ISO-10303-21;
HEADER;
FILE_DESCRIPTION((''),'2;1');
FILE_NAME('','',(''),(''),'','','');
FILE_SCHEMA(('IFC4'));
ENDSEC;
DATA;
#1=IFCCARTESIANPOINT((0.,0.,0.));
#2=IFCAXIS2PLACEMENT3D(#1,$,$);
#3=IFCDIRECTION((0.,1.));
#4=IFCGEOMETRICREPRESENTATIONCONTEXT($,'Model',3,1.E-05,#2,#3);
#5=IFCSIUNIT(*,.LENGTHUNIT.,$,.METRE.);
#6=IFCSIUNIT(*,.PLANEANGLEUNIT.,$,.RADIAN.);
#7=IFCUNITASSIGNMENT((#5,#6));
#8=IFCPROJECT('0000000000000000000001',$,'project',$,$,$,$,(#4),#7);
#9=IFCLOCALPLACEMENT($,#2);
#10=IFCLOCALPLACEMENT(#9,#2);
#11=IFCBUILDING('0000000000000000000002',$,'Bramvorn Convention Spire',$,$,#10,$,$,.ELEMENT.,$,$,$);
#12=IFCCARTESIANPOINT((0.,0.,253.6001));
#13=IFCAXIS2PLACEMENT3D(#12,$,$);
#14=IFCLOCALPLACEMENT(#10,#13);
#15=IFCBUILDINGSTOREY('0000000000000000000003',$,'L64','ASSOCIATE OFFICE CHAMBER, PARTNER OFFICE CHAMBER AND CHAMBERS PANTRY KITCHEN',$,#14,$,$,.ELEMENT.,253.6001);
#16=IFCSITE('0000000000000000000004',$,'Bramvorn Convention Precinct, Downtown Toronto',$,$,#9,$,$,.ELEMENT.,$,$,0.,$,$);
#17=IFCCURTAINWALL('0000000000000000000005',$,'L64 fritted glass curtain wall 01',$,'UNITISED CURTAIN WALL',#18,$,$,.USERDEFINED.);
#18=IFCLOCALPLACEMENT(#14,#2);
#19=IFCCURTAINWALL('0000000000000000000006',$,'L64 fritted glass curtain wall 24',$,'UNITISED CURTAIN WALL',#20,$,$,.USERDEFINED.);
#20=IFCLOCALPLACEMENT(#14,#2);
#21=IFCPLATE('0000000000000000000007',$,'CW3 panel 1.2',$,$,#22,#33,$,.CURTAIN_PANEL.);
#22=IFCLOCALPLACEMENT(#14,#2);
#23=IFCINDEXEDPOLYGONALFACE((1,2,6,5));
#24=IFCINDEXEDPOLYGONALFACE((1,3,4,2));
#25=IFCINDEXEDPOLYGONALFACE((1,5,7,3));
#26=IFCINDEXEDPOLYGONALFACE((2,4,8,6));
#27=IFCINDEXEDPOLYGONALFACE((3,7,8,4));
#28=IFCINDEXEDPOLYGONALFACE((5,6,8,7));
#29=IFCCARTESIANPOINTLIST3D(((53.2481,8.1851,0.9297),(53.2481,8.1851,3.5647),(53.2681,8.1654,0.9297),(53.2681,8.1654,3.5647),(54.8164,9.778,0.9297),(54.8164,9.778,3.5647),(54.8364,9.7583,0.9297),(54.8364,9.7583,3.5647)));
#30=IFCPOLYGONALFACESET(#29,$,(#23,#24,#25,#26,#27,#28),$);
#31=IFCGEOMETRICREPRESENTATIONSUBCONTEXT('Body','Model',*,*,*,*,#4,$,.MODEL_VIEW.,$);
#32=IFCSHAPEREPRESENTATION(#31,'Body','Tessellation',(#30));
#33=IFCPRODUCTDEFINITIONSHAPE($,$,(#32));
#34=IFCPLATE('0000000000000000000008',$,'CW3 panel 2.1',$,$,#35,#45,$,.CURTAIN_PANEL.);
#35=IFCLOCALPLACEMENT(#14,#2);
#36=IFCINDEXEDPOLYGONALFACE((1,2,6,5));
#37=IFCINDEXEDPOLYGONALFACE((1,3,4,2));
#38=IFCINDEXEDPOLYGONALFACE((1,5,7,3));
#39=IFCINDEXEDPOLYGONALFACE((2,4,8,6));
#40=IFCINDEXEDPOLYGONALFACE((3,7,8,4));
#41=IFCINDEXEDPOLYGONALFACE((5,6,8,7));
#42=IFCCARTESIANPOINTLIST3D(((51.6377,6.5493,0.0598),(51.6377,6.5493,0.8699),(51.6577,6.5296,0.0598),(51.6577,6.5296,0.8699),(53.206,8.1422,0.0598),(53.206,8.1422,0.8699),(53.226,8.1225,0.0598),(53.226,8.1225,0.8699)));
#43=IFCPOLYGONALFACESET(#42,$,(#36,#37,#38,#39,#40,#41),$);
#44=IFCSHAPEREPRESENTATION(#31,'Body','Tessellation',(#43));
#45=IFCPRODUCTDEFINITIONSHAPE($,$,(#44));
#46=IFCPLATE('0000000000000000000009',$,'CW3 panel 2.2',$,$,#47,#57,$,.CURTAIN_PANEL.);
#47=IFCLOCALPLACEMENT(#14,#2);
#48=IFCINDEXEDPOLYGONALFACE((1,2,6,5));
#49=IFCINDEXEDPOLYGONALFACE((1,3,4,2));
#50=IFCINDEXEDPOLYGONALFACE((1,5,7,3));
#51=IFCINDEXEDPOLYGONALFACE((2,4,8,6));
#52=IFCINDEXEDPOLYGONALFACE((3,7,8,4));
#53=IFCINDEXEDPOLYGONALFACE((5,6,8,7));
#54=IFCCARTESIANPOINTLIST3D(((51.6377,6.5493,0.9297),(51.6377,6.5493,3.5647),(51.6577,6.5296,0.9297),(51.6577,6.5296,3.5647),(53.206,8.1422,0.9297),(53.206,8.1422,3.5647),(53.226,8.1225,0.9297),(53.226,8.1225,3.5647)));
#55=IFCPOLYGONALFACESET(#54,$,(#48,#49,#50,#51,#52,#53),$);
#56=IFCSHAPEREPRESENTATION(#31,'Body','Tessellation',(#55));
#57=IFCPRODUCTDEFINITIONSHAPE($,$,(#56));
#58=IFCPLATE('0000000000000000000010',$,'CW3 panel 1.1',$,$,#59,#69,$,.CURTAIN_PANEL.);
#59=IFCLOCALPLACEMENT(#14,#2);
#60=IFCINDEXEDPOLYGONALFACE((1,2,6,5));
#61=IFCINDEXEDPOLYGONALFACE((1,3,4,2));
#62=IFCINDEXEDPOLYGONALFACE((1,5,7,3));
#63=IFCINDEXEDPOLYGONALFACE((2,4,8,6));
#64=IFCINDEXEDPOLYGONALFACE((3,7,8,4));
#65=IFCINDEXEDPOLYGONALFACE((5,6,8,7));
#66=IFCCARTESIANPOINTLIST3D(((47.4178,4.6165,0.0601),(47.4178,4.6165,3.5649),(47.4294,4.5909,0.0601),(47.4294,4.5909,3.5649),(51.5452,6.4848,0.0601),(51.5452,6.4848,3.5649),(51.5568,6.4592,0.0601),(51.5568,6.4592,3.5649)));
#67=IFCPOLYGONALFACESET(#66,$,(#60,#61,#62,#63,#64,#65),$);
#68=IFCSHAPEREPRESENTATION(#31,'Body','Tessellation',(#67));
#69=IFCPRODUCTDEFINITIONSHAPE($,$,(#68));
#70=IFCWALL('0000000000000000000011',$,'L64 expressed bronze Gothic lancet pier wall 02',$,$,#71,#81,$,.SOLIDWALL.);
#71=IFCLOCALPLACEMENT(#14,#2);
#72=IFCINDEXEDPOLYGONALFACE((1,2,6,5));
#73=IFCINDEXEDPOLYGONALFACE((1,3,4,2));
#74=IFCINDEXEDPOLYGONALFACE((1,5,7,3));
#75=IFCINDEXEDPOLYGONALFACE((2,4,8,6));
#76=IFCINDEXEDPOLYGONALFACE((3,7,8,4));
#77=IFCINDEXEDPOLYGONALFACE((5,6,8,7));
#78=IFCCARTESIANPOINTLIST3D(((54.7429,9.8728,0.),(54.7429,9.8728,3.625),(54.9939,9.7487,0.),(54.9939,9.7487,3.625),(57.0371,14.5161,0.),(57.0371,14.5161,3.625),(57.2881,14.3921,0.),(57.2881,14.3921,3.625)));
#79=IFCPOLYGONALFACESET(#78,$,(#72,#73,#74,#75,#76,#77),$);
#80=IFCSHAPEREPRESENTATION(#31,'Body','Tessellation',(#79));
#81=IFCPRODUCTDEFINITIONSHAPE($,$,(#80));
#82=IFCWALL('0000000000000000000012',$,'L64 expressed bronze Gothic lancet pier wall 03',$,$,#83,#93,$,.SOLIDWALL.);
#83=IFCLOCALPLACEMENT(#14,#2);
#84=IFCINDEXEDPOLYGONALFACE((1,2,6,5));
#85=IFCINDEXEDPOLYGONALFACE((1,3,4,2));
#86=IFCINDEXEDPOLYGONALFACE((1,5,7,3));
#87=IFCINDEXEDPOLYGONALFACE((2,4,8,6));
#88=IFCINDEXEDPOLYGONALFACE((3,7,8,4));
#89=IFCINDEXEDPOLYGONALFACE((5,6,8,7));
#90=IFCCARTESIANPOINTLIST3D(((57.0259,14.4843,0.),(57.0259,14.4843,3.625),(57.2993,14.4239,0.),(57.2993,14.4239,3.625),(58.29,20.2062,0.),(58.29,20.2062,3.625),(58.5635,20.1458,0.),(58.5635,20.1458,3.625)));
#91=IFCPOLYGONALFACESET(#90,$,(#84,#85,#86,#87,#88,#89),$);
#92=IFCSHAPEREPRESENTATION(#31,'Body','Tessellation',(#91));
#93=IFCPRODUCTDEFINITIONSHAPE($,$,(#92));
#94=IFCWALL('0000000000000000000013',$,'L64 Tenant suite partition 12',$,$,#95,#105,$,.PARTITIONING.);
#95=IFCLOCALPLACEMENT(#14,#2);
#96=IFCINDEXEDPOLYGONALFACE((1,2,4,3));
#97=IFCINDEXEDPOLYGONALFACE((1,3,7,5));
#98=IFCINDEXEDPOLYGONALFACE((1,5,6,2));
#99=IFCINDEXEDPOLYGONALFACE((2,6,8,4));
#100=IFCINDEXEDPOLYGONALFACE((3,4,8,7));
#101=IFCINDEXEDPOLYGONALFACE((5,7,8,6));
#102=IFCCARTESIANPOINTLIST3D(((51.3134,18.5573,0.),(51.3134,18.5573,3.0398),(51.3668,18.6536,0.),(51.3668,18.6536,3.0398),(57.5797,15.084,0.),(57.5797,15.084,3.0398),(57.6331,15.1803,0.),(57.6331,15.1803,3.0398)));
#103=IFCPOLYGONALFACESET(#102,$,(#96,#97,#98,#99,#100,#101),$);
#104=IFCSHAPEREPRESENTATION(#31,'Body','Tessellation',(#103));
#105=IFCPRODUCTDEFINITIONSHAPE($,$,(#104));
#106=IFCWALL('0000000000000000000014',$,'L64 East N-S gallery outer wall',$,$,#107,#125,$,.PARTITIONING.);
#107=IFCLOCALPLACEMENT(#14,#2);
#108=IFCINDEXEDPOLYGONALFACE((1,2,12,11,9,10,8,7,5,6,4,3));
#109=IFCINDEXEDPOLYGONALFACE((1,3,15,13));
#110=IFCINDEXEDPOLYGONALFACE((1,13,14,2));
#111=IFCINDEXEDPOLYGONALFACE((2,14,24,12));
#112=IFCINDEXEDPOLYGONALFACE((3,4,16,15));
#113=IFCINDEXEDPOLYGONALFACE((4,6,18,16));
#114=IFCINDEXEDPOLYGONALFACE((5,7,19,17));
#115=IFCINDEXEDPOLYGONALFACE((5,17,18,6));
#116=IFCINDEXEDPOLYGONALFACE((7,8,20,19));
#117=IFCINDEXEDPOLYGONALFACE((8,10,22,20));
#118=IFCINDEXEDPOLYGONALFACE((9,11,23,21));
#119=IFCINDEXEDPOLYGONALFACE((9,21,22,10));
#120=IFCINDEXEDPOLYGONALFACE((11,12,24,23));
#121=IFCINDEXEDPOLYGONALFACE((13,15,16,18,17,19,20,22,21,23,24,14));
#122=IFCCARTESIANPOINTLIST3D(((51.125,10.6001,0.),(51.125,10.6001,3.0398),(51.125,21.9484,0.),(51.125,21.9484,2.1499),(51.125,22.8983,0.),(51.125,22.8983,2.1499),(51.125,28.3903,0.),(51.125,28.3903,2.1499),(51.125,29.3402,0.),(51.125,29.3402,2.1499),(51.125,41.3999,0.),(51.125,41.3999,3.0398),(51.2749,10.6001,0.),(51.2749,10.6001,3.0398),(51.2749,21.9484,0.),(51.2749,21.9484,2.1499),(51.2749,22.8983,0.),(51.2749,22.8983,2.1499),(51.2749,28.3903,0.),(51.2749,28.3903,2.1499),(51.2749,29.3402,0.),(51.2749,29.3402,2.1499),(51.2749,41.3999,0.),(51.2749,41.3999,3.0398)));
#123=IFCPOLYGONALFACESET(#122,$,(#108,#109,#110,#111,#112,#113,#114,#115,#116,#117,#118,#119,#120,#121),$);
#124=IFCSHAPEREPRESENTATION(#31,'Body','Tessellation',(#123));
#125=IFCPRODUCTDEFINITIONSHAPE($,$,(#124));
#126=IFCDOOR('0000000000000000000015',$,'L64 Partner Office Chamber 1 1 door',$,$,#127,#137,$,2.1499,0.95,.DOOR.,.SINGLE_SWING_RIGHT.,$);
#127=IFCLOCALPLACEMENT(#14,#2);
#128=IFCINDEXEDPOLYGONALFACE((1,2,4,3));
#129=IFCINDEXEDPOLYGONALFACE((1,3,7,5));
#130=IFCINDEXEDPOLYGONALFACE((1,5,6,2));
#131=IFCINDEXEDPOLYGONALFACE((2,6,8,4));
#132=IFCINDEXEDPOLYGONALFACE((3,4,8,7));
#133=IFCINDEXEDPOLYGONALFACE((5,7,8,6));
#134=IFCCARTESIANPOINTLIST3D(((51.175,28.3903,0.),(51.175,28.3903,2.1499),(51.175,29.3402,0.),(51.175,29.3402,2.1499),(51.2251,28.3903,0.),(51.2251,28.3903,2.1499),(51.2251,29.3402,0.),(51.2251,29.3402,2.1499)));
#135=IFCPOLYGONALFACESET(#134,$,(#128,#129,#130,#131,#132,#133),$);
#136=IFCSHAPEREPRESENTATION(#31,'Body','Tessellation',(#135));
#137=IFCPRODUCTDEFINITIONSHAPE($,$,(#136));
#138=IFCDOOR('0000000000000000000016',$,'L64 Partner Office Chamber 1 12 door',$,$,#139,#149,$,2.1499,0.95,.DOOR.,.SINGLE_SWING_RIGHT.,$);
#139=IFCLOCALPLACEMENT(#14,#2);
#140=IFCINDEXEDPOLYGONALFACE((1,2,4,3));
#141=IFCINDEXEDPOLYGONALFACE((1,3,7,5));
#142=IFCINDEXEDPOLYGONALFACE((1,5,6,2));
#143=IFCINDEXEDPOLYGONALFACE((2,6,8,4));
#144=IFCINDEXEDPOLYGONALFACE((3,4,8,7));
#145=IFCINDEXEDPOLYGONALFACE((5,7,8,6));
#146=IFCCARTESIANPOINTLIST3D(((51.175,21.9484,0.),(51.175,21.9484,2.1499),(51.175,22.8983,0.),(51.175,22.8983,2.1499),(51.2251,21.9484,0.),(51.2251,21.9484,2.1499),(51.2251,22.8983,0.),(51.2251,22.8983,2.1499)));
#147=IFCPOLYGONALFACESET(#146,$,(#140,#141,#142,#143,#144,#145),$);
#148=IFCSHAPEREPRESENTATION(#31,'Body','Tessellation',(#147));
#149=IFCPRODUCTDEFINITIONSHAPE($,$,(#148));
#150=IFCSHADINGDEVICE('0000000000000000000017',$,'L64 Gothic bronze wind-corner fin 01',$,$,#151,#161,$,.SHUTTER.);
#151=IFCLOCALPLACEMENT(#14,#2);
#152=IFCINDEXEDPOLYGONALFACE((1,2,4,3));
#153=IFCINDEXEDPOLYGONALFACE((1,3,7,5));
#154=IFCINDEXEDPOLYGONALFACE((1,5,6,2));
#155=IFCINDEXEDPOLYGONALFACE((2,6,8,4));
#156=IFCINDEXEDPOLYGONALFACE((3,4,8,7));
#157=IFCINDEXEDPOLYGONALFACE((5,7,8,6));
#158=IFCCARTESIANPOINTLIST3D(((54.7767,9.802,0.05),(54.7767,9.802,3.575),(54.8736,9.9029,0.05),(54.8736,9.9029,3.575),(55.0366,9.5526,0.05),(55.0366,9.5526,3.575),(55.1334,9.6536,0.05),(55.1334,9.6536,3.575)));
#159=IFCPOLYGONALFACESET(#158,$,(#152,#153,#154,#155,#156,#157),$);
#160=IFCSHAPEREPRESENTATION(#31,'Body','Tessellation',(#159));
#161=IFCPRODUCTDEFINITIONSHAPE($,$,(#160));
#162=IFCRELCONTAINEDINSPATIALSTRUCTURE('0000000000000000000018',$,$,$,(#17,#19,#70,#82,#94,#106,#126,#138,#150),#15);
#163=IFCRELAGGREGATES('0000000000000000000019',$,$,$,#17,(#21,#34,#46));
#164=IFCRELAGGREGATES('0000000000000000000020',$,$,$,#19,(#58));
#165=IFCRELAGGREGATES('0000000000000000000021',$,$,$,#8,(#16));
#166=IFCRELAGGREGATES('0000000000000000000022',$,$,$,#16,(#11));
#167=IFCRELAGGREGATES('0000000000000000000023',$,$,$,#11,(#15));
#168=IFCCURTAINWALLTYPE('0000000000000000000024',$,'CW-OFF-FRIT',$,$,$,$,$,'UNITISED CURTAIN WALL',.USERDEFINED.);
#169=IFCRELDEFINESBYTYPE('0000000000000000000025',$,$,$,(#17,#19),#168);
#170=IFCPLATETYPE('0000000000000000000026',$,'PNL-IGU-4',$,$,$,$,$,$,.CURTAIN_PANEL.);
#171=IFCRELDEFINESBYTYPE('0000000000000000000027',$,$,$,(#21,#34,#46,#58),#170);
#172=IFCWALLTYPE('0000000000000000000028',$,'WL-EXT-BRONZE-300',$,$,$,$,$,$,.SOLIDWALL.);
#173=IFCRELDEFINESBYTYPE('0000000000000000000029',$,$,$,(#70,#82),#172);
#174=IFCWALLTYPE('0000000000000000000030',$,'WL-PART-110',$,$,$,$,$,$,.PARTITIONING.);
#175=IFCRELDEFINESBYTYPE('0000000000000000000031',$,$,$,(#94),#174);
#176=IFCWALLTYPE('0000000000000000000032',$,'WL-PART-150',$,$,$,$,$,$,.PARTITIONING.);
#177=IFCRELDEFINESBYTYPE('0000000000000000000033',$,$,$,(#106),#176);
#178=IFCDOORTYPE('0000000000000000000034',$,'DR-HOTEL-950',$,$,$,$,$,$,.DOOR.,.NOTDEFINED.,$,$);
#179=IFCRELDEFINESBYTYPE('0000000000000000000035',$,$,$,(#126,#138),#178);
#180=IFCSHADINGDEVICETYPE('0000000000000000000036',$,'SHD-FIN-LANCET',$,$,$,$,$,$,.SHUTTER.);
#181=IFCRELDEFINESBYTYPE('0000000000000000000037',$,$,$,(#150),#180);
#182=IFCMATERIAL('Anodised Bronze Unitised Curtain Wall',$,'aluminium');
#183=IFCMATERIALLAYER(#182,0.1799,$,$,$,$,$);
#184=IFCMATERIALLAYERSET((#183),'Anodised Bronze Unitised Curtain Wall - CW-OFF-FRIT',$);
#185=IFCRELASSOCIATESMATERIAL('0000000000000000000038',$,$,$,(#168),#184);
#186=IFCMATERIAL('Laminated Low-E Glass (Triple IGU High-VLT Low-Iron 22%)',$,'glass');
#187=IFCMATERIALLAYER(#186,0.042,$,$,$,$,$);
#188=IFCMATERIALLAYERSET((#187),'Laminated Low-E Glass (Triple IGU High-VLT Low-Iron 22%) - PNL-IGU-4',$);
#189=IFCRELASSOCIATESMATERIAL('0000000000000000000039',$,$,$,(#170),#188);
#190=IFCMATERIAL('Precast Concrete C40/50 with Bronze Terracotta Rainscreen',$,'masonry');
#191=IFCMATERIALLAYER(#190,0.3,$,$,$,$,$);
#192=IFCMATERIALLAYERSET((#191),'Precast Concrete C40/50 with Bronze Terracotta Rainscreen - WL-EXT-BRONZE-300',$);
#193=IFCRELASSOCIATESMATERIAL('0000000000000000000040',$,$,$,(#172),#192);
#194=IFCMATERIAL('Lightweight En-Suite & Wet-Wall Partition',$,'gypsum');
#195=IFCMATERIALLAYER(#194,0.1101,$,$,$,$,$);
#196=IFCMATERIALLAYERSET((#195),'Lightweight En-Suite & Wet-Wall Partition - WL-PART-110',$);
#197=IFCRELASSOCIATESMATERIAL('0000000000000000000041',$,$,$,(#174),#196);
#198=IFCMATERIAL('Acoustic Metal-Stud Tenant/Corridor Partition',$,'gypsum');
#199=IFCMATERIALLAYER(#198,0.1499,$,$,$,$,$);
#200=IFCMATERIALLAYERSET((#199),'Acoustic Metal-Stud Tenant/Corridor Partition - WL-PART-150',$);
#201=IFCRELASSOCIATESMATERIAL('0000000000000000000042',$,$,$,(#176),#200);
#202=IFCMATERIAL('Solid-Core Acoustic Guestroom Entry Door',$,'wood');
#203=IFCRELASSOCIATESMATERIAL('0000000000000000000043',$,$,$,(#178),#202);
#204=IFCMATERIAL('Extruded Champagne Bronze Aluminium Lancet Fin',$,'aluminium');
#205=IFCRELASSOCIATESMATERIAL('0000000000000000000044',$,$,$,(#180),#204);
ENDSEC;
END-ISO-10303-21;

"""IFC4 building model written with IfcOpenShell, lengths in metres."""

from ifc_helpers import new_model, si_unit, direction, frame, frame_2d, origin, origin_2d, place, context, subcontext, project, spatial, rectangle, extrude, material, layer, layer_set, type_object, element, fill, aggregate, save


model = new_model("IFC4")

# Units and contexts
model_context = context("Model", 3, precision=1e-05, world=origin(), true_north=direction((0.0, 1.0)))
body_context = subcontext(model_context, "Body", "Model", "MODEL_VIEW")
ifc_project = project(units=[si_unit("LENGTHUNIT", "METRE"), si_unit("PLANEANGLEUNIT", "RADIAN")], contexts=[model_context])

# Site, building, storey
site_placement = place(None, origin())
site = spatial("IfcSite", under=ifc_project, at=site_placement, Name="Bramvorn Convention Precinct, Downtown Toronto", CompositionType="ELEMENT", RefElevation=0.0)
building_placement = place(site_placement, origin())
building = spatial("IfcBuilding", under=site, at=building_placement, Name="Bramvorn Convention Spire", CompositionType="ELEMENT")
storey_placement = place(building_placement, frame((0.0, 0.0, 253.6001)))
storey = spatial("IfcBuildingStorey", under=building, at=storey_placement, Name="L64", Description="ASSOCIATE OFFICE CHAMBER, PARTNER OFFICE CHAMBER AND CHAMBERS PANTRY KITCHEN", CompositionType="ELEMENT", Elevation=253.6001)

# Curtain wall
ifc_material_1 = material(Name="Anodised Bronze Unitised Curtain Wall", Category="aluminium")
ifc_layer_1 = layer(ifc_material_1, 0.1799)
ifc_layer_set_1 = layer_set([ifc_layer_1], Name="Anodised Bronze Unitised Curtain Wall - CW-OFF-FRIT")
curtain_wall_type = type_object("IfcCurtainWallType", Name="CW-OFF-FRIT", ElementType="UNITISED CURTAIN WALL", PredefinedType="USERDEFINED", material=ifc_layer_set_1)
curtain_wall_1_placement = place(storey_placement, origin())
curtain_wall_1 = element("IfcCurtainWall", 1, at=curtain_wall_1_placement, inside=storey, type_object=curtain_wall_type, Name="L64 fritted glass curtain wall 01", ObjectType="UNITISED CURTAIN WALL", PredefinedType="USERDEFINED")

# Curtain wall
curtain_wall_2_placement = place(storey_placement, origin())
curtain_wall_2 = element("IfcCurtainWall", 2, at=curtain_wall_2_placement, inside=storey, type_object=curtain_wall_type, Name="L64 fritted glass curtain wall 24", ObjectType="UNITISED CURTAIN WALL", PredefinedType="USERDEFINED")

# Plates
ifc_material_2 = material(Name="Laminated Low-E Glass (Triple IGU High-VLT Low-Iron 22%)", Category="glass")
ifc_layer_2 = layer(ifc_material_2, 0.042)
ifc_layer_set_2 = layer_set([ifc_layer_2], Name="Laminated Low-E Glass (Triple IGU High-VLT Low-Iron 22%) - PNL-IGU-4")
plate_type = type_object("IfcPlateType", Name="PNL-IGU-4", PredefinedType="CURTAIN_PANEL", material=ifc_layer_set_2)
plate_1_placement = place(storey_placement, frame((54.0422, 8.9717, 0.9297), z_axis=(0.0, 0.0, 1.0), x_axis=(-0.701581, -0.71259, 0.0)))
plate_1 = element("IfcPlate", 3, at=plate_1_placement, type_object=plate_type, Name="CW3 panel 1.2", PredefinedType="CURTAIN_PANEL", context=body_context, shape_type="SweptSolid", body=[
    extrude(rectangle(XDim=2.2354, YDim=0.0281, at=origin_2d()), origin(), (0.0, 0.0, 1.0), 2.635),
])
plate_2_placement = place(storey_placement, frame((52.4319, 7.3359, 0.0598), z_axis=(0.0, 0.0, 1.0), x_axis=(-0.701581, -0.71259, 0.0)))
plate_2 = element("IfcPlate", 4, at=plate_2_placement, type_object=plate_type, Name="CW3 panel 2.1", PredefinedType="CURTAIN_PANEL", context=body_context, shape_type="SweptSolid", body=[
    extrude(rectangle(XDim=2.2354, YDim=0.0281, at=origin_2d()), origin(), (0.0, 0.0, 1.0), 0.8101),
])
plate_3_placement = place(storey_placement, frame((52.4319, 7.3359, 0.9297), z_axis=(0.0, 0.0, 1.0), x_axis=(-0.701581, -0.71259, 0.0)))
plate_3 = element("IfcPlate", 5, at=plate_3_placement, type_object=plate_type, Name="CW3 panel 2.2", PredefinedType="CURTAIN_PANEL", context=body_context, shape_type="SweptSolid", body=[
    extrude(rectangle(XDim=2.2354, YDim=0.0281, at=origin_2d()), origin(), (0.0, 0.0, 1.0), 2.635),
])
aggregate(curtain_wall_1, [plate_1, plate_2, plate_3])
plate_4_placement = place(storey_placement, frame((49.4873, 5.5378, 0.0601), z_axis=(0.0, 0.0, 1.0), x_axis=(-0.911011, -0.412382, 0.0)))
plate_4 = element("IfcPlate", 6, at=plate_4_placement, type_object=plate_type, Name="CW3 panel 1.1", PredefinedType="CURTAIN_PANEL", context=body_context, shape_type="SweptSolid", body=[
    extrude(rectangle(XDim=4.5305, YDim=0.0281, at=origin_2d()), origin(), (0.0, 0.0, 1.0), 3.5049),
])
aggregate(curtain_wall_2, [plate_4])

# Walls
ifc_material_3 = material(Name="Precast Concrete C40/50 with Bronze Terracotta Rainscreen", Category="masonry")
ifc_layer_3 = layer(ifc_material_3, 0.3)
ifc_layer_set_3 = layer_set([ifc_layer_3], Name="Precast Concrete C40/50 with Bronze Terracotta Rainscreen - WL-EXT-BRONZE-300")
wall_type_1 = type_object("IfcWallType", Name="WL-EXT-BRONZE-300", PredefinedType="SOLIDWALL", material=ifc_layer_set_3)
wall_1_placement = place(storey_placement, frame((57.1626, 14.4541, 0.0), z_axis=(0.0, 0.0, 1.0), x_axis=(-0.442966, -0.896538, 0.0)))
element("IfcWall", 7, at=wall_1_placement, inside=storey, type_object=wall_type_1, Name="L64 expressed bronze Gothic lancet pier wall 02", PredefinedType="SOLIDWALL", context=body_context, shape_type="SweptSolid", body=[
    extrude(rectangle(XDim=5.1792, YDim=0.28, at=frame_2d((2.5896, 0.0))), origin(), (0.0, 0.0, 1.0), 3.625),
])
wall_2_placement = place(storey_placement, frame((58.4268, 20.176, 0.0), z_axis=(0.0, 0.0, 1.0), x_axis=(-0.21573, -0.976453, 0.0)))
element("IfcWall", 8, at=wall_2_placement, inside=storey, type_object=wall_type_1, Name="L64 expressed bronze Gothic lancet pier wall 03", PredefinedType="SOLIDWALL", context=body_context, shape_type="SweptSolid", body=[
    extrude(rectangle(XDim=5.8599, YDim=0.28, at=frame_2d((2.9299, 0.0))), origin(), (0.0, 0.0, 1.0), 3.625),
])
ifc_material_4 = material(Name="Lightweight En-Suite & Wet-Wall Partition", Category="gypsum")
ifc_layer_4 = layer(ifc_material_4, 0.1101)
ifc_layer_set_4 = layer_set([ifc_layer_4], Name="Lightweight En-Suite & Wet-Wall Partition - WL-PART-110")
wall_type_2 = type_object("IfcWallType", Name="WL-PART-110", PredefinedType="PARTITIONING", material=ifc_layer_set_4)
wall_3_placement = place(storey_placement, frame((51.3401, 18.6055, 0.0), z_axis=(0.0, 0.0, 1.0), x_axis=(0.874626, -0.484798, 0.0)))
element("IfcWall", 9, at=wall_3_placement, inside=storey, type_object=wall_type_2, Name="L64 Tenant suite partition 12", PredefinedType="PARTITIONING", context=body_context, shape_type="SweptSolid", body=[
    extrude(rectangle(XDim=7.1646, YDim=0.1101, at=frame_2d((3.5823, 0.0))), origin(), (0.0, 0.0, 1.0), 3.0398),
])

# Wall, openings, doors
ifc_material_5 = material(Name="Acoustic Metal-Stud Tenant/Corridor Partition", Category="gypsum")
ifc_layer_5 = layer(ifc_material_5, 0.1499)
ifc_layer_set_5 = layer_set([ifc_layer_5], Name="Acoustic Metal-Stud Tenant/Corridor Partition - WL-PART-150")
wall_type_3 = type_object("IfcWallType", Name="WL-PART-150", PredefinedType="PARTITIONING", material=ifc_layer_set_5)
wall_4_placement = place(storey_placement, frame((51.2, 10.6001, 0.0), z_axis=(0.0, 0.0, 1.0), x_axis=(0.0, 1.0, 0.0)))
wall_4 = element("IfcWall", 10, at=wall_4_placement, inside=storey, type_object=wall_type_3, Name="L64 East N-S gallery outer wall", PredefinedType="PARTITIONING", context=body_context, shape_type="SweptSolid", body=[
    extrude(rectangle(XDim=30.7998, YDim=0.1499, at=frame_2d((15.3999, 0.0))), origin(), (0.0, 0.0, 1.0), 3.0398),
])
opening_1_placement = place(wall_4_placement, frame((17.79, 0.0, 0.0)))
opening_1 = element("IfcOpeningElement", 11, at=opening_1_placement, cuts=wall_4, PredefinedType="OPENING", context=body_context, shape_type="SweptSolid", body=[
    extrude(rectangle(XDim=0.95, YDim=2.1499, at=frame_2d((0.4751, 1.075))), frame((0.0, 0.085, 0.0), z_axis=(0.0, -1.0, 0.0), x_axis=(1.0, 0.0, 0.0)), (0.0, 0.0, 1.0), 0.1699),
])
opening_2_placement = place(wall_4_placement, frame((11.3481, 0.0, 0.0)))
opening_2 = element("IfcOpeningElement", 12, at=opening_2_placement, cuts=wall_4, PredefinedType="OPENING", context=body_context, shape_type="SweptSolid", body=[
    extrude(rectangle(XDim=0.95, YDim=2.1499, at=frame_2d((0.4751, 1.075))), frame((0.0, 0.085, 0.0), z_axis=(0.0, -1.0, 0.0), x_axis=(1.0, 0.0, 0.0)), (0.0, 0.0, 1.0), 0.1699),
])
ifc_material_6 = material(Name="Solid-Core Acoustic Guestroom Entry Door", Category="wood")
door_type = type_object("IfcDoorType", Name="DR-HOTEL-950", OperationType="NOTDEFINED", PredefinedType="DOOR", material=ifc_material_6)
door_1_placement = place(opening_1_placement, origin())
door_1 = element("IfcDoor", 13, at=door_1_placement, inside=storey, type_object=door_type, Name="L64 Partner Office Chamber 1 1 door", OperationType="SINGLE_SWING_RIGHT", OverallHeight=2.1499, OverallWidth=0.95, PredefinedType="DOOR", context=body_context, shape_type="SweptSolid", body=[
    extrude(rectangle(XDim=0.95, YDim=2.1499, at=frame_2d((0.4751, 1.075))), frame((0.0, 0.0249, 0.0), z_axis=(0.0, -1.0, 0.0), x_axis=(1.0, 0.0, 0.0)), (0.0, 0.0, 1.0), 0.05),
])
fill(opening_1, door_1)
door_2_placement = place(opening_2_placement, origin())
door_2 = element("IfcDoor", 14, at=door_2_placement, inside=storey, type_object=door_type, Name="L64 Partner Office Chamber 1 12 door", OperationType="SINGLE_SWING_RIGHT", OverallHeight=2.1499, OverallWidth=0.95, PredefinedType="DOOR", context=body_context, shape_type="SweptSolid", body=[
    extrude(rectangle(XDim=0.95, YDim=2.1499, at=frame_2d((0.4751, 1.075))), frame((0.0, 0.0249, 0.0), z_axis=(0.0, -1.0, 0.0), x_axis=(1.0, 0.0, 0.0)), (0.0, 0.0, 1.0), 0.05),
])
fill(opening_2, door_2)

# Shading device
ifc_material_7 = material(Name="Extruded Champagne Bronze Aluminium Lancet Fin", Category="aluminium")
shading_device_type = type_object("IfcShadingDeviceType", Name="SHD-FIN-LANCET", PredefinedType="SHUTTER", material=ifc_material_7)
shading_device_placement = place(storey_placement, frame((54.9551, 9.7278, 0.05), z_axis=(0.0, 0.0, 1.0), x_axis=(0.721483, -0.692432, 0.0)))
element("IfcShadingDevice", 15, at=shading_device_placement, inside=storey, type_object=shading_device_type, Name="L64 Gothic bronze wind-corner fin 01", PredefinedType="SHUTTER", context=body_context, shape_type="SweptSolid", body=[
    extrude(rectangle(XDim=0.3601, YDim=0.1399, at=origin_2d()), origin(), (0.0, 0.0, 1.0), 3.5249),
])

save(model, "model.ifc")
